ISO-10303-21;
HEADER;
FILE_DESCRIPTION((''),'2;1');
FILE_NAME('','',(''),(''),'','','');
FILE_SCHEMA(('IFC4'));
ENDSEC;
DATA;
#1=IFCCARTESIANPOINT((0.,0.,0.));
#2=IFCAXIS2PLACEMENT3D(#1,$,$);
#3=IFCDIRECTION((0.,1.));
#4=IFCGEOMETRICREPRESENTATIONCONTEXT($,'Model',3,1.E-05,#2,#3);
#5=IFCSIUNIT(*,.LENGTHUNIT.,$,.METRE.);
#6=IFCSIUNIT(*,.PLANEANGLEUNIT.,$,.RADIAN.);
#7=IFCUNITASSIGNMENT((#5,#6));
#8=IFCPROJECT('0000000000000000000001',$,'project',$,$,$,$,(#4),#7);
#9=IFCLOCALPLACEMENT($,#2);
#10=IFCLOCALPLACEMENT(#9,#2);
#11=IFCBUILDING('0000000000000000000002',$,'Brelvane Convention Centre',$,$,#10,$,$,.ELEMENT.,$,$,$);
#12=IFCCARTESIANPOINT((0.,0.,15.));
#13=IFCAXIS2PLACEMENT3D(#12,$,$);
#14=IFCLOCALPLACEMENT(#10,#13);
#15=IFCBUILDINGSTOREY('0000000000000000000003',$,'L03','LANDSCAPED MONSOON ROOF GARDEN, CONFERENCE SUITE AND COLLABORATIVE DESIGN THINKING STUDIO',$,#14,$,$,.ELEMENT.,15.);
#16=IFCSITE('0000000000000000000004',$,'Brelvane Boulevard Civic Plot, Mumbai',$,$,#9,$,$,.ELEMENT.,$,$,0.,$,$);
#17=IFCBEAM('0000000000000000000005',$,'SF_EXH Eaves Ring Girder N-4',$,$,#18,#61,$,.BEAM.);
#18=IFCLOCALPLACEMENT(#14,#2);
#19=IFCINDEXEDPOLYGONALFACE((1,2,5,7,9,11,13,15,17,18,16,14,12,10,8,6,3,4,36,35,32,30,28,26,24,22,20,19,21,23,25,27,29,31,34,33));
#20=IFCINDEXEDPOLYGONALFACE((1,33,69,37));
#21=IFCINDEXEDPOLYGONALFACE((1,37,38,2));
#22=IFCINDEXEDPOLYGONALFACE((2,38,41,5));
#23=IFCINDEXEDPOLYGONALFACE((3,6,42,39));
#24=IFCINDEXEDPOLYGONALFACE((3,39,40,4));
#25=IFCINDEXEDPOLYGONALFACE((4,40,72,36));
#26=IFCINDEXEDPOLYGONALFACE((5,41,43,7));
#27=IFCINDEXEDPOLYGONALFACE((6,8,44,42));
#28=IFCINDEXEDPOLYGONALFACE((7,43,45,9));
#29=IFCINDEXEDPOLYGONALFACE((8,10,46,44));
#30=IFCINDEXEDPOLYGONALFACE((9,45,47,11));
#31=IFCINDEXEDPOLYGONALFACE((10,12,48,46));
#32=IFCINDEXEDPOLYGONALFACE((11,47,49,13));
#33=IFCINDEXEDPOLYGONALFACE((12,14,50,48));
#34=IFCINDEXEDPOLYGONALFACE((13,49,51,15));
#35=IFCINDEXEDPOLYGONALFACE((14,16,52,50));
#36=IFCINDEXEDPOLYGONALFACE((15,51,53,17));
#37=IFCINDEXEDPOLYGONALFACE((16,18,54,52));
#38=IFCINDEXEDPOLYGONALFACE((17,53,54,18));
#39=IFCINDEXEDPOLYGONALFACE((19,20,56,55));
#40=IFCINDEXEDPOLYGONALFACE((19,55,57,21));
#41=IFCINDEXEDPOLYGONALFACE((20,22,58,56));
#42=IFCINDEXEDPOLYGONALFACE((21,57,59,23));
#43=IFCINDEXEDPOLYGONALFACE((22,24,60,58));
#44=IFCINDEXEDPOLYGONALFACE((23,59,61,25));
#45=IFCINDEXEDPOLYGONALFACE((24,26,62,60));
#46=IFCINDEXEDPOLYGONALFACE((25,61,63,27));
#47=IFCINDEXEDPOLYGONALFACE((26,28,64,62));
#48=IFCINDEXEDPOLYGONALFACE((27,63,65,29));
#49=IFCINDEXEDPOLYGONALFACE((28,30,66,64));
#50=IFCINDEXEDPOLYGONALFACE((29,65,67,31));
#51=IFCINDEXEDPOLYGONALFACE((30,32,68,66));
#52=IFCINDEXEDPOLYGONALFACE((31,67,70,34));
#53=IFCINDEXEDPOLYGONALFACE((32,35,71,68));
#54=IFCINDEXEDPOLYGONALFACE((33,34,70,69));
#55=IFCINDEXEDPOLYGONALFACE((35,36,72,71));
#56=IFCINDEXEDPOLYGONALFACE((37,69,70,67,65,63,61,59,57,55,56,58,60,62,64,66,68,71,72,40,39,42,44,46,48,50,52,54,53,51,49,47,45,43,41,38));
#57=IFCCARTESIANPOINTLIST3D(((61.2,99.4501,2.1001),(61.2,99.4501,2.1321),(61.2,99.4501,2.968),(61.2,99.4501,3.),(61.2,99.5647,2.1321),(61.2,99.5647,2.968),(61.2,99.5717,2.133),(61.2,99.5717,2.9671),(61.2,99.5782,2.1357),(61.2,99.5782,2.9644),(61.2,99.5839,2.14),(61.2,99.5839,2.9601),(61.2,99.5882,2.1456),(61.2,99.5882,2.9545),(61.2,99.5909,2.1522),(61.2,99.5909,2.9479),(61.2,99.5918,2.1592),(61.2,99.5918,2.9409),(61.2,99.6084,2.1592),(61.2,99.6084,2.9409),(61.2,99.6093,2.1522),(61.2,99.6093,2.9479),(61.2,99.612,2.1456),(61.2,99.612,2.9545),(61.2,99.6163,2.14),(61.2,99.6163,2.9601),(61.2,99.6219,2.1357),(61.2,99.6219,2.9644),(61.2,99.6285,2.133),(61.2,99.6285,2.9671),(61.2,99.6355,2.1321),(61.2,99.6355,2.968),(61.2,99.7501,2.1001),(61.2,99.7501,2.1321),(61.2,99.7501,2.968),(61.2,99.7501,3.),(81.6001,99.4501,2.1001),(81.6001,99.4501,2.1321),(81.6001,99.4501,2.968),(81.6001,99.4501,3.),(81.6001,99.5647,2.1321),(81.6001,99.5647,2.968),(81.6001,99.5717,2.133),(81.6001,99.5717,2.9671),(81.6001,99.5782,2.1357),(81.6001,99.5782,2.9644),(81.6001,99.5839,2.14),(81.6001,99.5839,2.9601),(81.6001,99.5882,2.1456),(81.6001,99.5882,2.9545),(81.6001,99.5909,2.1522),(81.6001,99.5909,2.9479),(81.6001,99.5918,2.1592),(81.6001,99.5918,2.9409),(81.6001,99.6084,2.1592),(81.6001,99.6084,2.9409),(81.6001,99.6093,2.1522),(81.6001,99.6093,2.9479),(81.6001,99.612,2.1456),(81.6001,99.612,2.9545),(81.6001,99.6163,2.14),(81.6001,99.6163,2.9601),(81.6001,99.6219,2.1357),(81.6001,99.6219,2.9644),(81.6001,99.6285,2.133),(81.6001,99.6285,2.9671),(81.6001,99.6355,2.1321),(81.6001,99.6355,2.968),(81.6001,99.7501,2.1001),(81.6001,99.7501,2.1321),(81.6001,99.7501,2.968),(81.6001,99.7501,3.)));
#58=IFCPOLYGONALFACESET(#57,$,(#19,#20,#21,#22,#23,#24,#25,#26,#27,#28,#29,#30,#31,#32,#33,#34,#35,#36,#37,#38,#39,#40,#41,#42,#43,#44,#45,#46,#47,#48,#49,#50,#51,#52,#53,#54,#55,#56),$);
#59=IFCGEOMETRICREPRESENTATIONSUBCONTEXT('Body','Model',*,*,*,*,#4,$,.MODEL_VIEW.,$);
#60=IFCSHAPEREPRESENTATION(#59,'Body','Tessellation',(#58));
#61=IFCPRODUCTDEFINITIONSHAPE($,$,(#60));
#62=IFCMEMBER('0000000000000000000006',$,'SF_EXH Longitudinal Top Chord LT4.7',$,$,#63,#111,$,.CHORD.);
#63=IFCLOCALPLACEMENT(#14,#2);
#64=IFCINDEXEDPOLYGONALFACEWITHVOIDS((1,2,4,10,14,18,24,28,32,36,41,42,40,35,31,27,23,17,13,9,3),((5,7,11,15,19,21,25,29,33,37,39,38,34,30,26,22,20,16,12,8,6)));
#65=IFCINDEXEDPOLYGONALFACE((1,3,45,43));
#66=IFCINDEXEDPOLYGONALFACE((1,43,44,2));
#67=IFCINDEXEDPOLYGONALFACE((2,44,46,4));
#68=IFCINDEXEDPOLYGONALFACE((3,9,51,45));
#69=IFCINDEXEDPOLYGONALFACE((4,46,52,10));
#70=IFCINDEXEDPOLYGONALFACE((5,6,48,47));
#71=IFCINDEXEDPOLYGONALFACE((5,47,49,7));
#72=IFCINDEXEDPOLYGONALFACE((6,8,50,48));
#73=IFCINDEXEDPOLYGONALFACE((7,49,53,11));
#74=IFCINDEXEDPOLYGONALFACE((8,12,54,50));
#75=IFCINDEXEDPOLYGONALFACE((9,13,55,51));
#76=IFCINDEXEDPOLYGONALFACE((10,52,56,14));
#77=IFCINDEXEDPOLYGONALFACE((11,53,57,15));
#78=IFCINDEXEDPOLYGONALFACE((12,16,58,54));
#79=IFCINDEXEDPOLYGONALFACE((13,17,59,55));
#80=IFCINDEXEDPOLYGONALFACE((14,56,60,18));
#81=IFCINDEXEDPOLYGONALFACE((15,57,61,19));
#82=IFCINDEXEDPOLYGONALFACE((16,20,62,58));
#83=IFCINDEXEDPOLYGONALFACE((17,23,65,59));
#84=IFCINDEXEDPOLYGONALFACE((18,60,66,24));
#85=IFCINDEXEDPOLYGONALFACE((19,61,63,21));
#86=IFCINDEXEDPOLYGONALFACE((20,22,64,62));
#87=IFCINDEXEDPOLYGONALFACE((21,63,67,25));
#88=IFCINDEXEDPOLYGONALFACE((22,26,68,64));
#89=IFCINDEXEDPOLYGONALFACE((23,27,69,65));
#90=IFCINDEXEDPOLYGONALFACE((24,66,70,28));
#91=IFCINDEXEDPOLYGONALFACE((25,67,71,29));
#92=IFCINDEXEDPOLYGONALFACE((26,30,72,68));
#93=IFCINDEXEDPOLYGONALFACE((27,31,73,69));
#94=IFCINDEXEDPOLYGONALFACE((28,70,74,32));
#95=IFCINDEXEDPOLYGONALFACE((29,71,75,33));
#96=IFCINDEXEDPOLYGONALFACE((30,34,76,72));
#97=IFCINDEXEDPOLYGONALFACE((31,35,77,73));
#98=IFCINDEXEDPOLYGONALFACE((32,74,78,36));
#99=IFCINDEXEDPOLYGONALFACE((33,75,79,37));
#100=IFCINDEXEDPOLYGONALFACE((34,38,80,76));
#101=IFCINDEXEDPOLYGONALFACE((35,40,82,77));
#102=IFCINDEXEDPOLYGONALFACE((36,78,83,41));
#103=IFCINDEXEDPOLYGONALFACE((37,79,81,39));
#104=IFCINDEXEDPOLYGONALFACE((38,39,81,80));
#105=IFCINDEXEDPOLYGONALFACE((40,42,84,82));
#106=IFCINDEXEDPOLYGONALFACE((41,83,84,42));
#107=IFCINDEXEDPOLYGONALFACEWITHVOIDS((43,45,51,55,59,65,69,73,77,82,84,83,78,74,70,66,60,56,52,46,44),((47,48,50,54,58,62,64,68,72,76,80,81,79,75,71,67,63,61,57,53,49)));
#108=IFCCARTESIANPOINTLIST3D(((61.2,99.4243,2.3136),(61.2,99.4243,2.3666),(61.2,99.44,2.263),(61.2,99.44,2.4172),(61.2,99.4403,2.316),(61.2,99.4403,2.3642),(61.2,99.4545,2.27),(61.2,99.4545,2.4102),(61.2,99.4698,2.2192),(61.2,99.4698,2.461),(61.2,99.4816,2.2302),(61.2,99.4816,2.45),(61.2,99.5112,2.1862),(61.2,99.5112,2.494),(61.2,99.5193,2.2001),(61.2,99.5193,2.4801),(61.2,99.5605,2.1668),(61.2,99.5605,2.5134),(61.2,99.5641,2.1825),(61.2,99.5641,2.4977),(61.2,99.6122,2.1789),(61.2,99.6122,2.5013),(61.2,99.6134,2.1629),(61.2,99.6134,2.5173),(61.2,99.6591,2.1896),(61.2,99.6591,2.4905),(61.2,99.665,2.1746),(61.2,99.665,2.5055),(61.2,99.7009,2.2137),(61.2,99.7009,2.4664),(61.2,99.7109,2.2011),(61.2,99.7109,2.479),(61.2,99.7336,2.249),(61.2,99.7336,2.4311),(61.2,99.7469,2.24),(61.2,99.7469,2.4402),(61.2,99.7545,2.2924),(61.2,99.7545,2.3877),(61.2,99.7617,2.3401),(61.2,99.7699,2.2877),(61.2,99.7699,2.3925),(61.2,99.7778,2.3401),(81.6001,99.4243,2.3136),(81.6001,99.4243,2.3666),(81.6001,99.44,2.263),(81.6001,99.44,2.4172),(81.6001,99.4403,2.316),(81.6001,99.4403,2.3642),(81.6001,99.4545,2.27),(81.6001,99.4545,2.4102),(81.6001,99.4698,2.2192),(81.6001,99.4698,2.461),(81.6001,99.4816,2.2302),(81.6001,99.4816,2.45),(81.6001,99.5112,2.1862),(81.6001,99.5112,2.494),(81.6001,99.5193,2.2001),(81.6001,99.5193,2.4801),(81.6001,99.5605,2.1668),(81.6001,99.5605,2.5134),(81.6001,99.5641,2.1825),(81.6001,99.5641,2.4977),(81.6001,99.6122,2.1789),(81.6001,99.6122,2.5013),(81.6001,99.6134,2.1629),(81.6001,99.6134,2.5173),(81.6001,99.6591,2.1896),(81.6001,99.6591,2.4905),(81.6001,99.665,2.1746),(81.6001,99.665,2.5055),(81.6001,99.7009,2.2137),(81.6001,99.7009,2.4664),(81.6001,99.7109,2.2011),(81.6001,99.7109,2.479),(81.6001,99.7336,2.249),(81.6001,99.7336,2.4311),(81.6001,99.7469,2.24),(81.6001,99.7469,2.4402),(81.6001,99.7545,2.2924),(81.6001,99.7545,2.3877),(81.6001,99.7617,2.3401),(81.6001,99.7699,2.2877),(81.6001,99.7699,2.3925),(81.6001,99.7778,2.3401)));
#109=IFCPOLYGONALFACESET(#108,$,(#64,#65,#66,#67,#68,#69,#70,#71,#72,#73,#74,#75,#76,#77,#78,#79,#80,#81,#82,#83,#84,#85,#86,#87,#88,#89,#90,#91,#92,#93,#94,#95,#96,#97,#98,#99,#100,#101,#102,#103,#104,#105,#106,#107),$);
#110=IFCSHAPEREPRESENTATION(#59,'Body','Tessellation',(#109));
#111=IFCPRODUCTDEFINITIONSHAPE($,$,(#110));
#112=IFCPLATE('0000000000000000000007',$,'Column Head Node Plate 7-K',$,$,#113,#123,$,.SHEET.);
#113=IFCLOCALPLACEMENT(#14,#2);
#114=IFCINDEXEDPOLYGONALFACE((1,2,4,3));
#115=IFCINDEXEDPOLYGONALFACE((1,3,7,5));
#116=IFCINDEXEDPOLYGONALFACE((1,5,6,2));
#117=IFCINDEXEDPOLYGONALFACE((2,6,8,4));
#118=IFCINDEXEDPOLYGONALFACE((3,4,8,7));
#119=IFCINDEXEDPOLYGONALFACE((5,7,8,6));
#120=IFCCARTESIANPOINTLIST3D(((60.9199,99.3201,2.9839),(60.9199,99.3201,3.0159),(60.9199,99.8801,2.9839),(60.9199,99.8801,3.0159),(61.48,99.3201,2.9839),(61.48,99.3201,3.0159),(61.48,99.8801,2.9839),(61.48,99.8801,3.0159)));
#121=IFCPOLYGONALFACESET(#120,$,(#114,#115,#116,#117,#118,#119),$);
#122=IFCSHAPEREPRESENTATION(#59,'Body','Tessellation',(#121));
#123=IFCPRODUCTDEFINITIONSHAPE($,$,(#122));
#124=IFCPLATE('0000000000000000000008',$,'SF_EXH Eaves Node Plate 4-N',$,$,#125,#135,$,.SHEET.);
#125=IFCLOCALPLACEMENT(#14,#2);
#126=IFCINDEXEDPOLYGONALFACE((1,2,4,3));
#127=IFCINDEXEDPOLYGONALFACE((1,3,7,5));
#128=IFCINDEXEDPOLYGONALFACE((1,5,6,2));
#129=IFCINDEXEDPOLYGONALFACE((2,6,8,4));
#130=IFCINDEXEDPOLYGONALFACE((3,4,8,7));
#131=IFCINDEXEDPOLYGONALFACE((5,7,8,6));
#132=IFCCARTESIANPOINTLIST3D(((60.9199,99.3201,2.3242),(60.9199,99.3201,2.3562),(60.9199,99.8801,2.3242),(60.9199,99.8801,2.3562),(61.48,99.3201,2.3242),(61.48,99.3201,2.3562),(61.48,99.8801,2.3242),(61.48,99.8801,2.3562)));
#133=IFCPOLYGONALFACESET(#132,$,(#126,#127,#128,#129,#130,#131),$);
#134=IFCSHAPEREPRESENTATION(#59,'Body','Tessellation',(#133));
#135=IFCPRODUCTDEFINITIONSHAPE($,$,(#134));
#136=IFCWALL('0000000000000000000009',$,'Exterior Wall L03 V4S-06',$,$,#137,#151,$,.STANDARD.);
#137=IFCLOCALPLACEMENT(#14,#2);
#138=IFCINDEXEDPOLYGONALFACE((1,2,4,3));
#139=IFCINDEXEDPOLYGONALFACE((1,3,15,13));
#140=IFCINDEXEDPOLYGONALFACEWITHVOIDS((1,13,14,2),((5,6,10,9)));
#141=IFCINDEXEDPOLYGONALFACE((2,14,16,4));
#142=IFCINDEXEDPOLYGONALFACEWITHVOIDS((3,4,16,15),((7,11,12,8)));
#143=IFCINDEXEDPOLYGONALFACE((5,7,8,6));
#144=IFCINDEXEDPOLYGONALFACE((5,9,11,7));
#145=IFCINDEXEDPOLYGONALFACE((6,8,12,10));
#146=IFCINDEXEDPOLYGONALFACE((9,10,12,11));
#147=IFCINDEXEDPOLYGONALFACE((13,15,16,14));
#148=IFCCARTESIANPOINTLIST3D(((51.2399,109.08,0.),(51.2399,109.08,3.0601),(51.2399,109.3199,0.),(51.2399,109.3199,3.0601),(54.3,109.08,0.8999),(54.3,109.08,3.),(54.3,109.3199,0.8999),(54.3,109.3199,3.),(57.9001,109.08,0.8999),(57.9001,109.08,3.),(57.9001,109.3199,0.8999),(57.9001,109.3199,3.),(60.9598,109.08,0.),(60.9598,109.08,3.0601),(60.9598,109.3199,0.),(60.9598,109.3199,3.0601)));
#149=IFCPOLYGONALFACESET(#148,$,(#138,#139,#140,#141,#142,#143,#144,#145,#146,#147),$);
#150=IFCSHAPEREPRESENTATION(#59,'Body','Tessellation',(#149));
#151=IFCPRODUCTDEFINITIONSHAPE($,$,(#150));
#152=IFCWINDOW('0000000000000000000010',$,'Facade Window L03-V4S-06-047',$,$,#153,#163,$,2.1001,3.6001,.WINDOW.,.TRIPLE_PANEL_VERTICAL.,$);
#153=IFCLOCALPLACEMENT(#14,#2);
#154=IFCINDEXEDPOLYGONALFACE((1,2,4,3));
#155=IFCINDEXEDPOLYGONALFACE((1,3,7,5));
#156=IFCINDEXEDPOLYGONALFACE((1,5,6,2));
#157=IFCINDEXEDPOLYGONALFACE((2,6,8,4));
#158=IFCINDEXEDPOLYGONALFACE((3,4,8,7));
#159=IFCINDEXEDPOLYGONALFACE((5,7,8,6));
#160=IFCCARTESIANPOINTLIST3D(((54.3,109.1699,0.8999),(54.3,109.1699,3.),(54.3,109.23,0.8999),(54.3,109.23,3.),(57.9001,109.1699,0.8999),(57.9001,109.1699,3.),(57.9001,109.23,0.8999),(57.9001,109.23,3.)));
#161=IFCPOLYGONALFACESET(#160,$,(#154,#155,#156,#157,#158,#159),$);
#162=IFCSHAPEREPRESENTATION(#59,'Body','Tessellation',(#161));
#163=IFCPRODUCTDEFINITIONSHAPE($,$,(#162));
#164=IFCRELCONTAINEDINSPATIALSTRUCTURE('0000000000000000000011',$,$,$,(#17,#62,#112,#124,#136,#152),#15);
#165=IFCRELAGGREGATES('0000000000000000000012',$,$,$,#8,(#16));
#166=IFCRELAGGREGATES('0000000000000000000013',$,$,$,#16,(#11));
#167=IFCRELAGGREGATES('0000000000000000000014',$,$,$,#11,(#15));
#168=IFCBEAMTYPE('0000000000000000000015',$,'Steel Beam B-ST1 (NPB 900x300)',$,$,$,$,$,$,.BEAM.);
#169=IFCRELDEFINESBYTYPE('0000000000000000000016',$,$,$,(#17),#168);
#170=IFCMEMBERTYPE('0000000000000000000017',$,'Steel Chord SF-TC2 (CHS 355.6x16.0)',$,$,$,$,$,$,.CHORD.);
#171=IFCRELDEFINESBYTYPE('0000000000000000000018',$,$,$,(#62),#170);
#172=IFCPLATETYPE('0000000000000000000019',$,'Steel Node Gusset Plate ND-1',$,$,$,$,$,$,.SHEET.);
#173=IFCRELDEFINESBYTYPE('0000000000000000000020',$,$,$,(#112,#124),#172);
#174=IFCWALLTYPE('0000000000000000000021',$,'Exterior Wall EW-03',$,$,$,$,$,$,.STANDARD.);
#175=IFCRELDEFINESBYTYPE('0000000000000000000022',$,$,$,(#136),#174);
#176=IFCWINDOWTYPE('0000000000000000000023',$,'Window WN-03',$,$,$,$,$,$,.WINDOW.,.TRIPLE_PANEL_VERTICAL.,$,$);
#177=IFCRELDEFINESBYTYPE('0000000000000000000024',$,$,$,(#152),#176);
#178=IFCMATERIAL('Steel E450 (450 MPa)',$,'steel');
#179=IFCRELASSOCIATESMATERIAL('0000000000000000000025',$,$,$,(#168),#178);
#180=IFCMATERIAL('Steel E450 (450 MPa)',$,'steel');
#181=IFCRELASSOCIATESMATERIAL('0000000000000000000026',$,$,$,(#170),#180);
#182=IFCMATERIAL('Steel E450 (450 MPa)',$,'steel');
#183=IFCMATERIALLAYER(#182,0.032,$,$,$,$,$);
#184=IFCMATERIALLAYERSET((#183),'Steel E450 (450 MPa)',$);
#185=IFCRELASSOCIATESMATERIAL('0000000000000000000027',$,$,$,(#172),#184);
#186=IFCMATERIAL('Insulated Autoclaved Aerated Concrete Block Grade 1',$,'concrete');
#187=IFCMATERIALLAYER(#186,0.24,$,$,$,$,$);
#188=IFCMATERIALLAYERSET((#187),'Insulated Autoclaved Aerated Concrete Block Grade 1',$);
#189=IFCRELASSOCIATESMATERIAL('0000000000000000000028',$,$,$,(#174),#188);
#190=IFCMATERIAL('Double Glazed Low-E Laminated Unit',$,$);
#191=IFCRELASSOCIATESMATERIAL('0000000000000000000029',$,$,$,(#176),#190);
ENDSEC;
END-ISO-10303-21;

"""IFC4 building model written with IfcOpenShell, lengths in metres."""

from ifc_helpers import new_model, si_unit, direction, frame, frame_2d, origin, origin_2d, place, context, subcontext, project, spatial, rectangle, hollow_circle, i_section, extrude, material, layer, layer_set, material_profile, profile_set, type_object, element, fill, save


model = new_model("IFC4")

# Units and contexts
model_context = context("Model", 3, precision=1e-05, world=origin(), true_north=direction((0.0, 1.0)))
body_context = subcontext(model_context, "Body", "Model", "MODEL_VIEW")
ifc_project = project(units=[si_unit("LENGTHUNIT", "METRE"), si_unit("PLANEANGLEUNIT", "RADIAN")], contexts=[model_context])

# Site, building, storey
site_placement = place(None, origin())
site = spatial("IfcSite", under=ifc_project, at=site_placement, Name="Brelvane Boulevard Civic Plot, Mumbai", CompositionType="ELEMENT", RefElevation=0.0)
building_placement = place(site_placement, origin())
building = spatial("IfcBuilding", under=site, at=building_placement, Name="Brelvane Convention Centre", CompositionType="ELEMENT")
storey_placement = place(building_placement, frame((0.0, 0.0, 15.0)))
storey = spatial("IfcBuildingStorey", under=building, at=storey_placement, Name="L03", Description="LANDSCAPED MONSOON ROOF GARDEN, CONFERENCE SUITE AND COLLABORATIVE DESIGN THINKING STUDIO", CompositionType="ELEMENT", Elevation=15.0)

# Beam
ifc_material_1 = material(Name="Steel E450 (450 MPa)", Category="steel")
ifc_material_profile_1 = material_profile(ifc_material_1, i_section(OverallWidth=0.3, OverallDepth=0.8999, WebThickness=0.0166, FlangeThickness=0.032, FilletRadius=0.0271, at=origin_2d()), Name="NPB 900x300")
ifc_profile_set_1 = profile_set([ifc_material_profile_1], Name="Steel E450 (450 MPa)")
beam_type_1 = type_object("IfcBeamType", Name="Steel Beam B-ST1 (NPB 900x300)", PredefinedType="BEAM", material=ifc_profile_set_1)
beam_1_placement = place(storey_placement, frame((61.2, 99.6001, 2.55), z_axis=(1.0, 0.0, 0.0), x_axis=(0.0, 1.0, 0.0)))
element("IfcBeam", 1, at=beam_1_placement, inside=storey, type_object=beam_type_1, Name="SF_EXH Eaves Ring Girder N-4", PredefinedType="BEAM", context=body_context, shape_type="SweptSolid", body=[
    extrude(i_section(OverallWidth=0.3, OverallDepth=0.8999, WebThickness=0.0166, FlangeThickness=0.032, FilletRadius=0.0271, at=origin_2d()), origin(), (0.0, 0.0, 1.0), 20.4001),
])

# Member
ifc_material_2 = material(Name="Steel E450 (450 MPa)", Category="steel")
ifc_material_profile_2 = material_profile(ifc_material_2, hollow_circle(Radius=0.1777, WallThickness=0.0161, at=origin_2d()), Name="CHS 355.6x16.0")
ifc_profile_set_2 = profile_set([ifc_material_profile_2], Name="Steel E450 (450 MPa)")
member_type = type_object("IfcMemberType", Name="Steel Chord SF-TC2 (CHS 355.6x16.0)", PredefinedType="CHORD", material=ifc_profile_set_2)
member_placement = place(storey_placement, frame((61.2, 99.6001, 2.3401), z_axis=(1.0, 0.0, 0.0), x_axis=(0.0, 1.0, 0.0)))
element("IfcMember", 2, at=member_placement, inside=storey, type_object=member_type, Name="SF_EXH Longitudinal Top Chord LT4.7", PredefinedType="CHORD", context=body_context, shape_type="SweptSolid", body=[
    extrude(hollow_circle(Radius=0.1777, WallThickness=0.0161, at=origin_2d()), origin(), (0.0, 0.0, 1.0), 20.4001),
])

# Plates
ifc_material_3 = material(Name="Steel E450 (450 MPa)", Category="steel")
ifc_layer_1 = layer(ifc_material_3, 0.032)
ifc_layer_set_1 = layer_set([ifc_layer_1], Name="Steel E450 (450 MPa)")
plate_type = type_object("IfcPlateType", Name="Steel Node Gusset Plate ND-1", PredefinedType="SHEET", material=ifc_layer_set_1)
for number, where, z_axis, x_axis, name in (
    (3, (61.2, 99.6001, 2.9839), (0.0, 0.0, 1.0), (1.0, 0.0, 0.0), "Column Head Node Plate 7-K"),
    (4, (61.2, 99.6001, 2.3242), (0.0, 0.0, 1.0), (1.0, 0.0, 0.0), "SF_EXH Eaves Node Plate 4-N"),
):
    element("IfcPlate", number, at=place(storey_placement, frame(where, z_axis=z_axis, x_axis=x_axis)), inside=storey, type_object=plate_type, Name=name, PredefinedType="SHEET", context=body_context, shape_type="SweptSolid", body=[
        extrude(rectangle(XDim=0.5601, YDim=0.5601, at=origin_2d()), origin(), (0.0, 0.0, 1.0), 0.032),
    ])

# Wall, opening, window
ifc_material_4 = material(Name="Insulated Autoclaved Aerated Concrete Block Grade 1", Category="concrete")
ifc_layer_2 = layer(ifc_material_4, 0.24)
ifc_layer_set_2 = layer_set([ifc_layer_2], Name="Insulated Autoclaved Aerated Concrete Block Grade 1")
wall_type = type_object("IfcWallType", Name="Exterior Wall EW-03", PredefinedType="STANDARD", material=ifc_layer_set_2)
wall_1_placement = place(storey_placement, frame((51.24, 109.2, 0.0), z_axis=(0.0, 0.0, 1.0), x_axis=(1.0, 0.0, 0.0)))
wall_1 = element("IfcWall", 5, at=wall_1_placement, inside=storey, type_object=wall_type, Name="Exterior Wall L03 V4S-06", PredefinedType="STANDARD", context=body_context, shape_type="SweptSolid", body=[
    extrude(rectangle(XDim=9.72, YDim=0.24, at=frame_2d((4.8599, 0.0))), origin(), (0.0, 0.0, 1.0), 3.0601),
])
opening_1_placement = place(wall_1_placement, frame((3.0601, 0.0, 0.8999)))
opening_1 = element("IfcOpeningElement", 6, at=opening_1_placement, cuts=wall_1, PredefinedType="OPENING", context=body_context, shape_type="SweptSolid", body=[
    extrude(rectangle(XDim=3.6001, YDim=2.1001, at=frame_2d((1.8, 1.05))), frame((0.0, 0.1299, 0.0), z_axis=(0.0, -1.0, 0.0), x_axis=(1.0, 0.0, 0.0)), (0.0, 0.0, 1.0), 0.26),
])
ifc_material_5 = material(Name="Double Glazed Low-E Laminated Unit")
window_type = type_object("IfcWindowType", Name="Window WN-03", PartitioningType="TRIPLE_PANEL_VERTICAL", PredefinedType="WINDOW", material=ifc_material_5)
window_placement = place(opening_1_placement, origin())
window = element("IfcWindow", 7, at=window_placement, inside=storey, type_object=window_type, Name="Facade Window L03-V4S-06-047", OverallHeight=2.1001, OverallWidth=3.6001, PartitioningType="TRIPLE_PANEL_VERTICAL", PredefinedType="WINDOW", context=body_context, shape_type="SweptSolid", body=[
    extrude(rectangle(XDim=3.6001, YDim=2.1001, at=frame_2d((1.8, 1.05))), frame((0.0, 0.03, 0.0), z_axis=(0.0, -1.0, 0.0), x_axis=(1.0, 0.0, 0.0)), (0.0, 0.0, 1.0), 0.0601),
])
fill(opening_1, window)

save(model, "model.ifc")
